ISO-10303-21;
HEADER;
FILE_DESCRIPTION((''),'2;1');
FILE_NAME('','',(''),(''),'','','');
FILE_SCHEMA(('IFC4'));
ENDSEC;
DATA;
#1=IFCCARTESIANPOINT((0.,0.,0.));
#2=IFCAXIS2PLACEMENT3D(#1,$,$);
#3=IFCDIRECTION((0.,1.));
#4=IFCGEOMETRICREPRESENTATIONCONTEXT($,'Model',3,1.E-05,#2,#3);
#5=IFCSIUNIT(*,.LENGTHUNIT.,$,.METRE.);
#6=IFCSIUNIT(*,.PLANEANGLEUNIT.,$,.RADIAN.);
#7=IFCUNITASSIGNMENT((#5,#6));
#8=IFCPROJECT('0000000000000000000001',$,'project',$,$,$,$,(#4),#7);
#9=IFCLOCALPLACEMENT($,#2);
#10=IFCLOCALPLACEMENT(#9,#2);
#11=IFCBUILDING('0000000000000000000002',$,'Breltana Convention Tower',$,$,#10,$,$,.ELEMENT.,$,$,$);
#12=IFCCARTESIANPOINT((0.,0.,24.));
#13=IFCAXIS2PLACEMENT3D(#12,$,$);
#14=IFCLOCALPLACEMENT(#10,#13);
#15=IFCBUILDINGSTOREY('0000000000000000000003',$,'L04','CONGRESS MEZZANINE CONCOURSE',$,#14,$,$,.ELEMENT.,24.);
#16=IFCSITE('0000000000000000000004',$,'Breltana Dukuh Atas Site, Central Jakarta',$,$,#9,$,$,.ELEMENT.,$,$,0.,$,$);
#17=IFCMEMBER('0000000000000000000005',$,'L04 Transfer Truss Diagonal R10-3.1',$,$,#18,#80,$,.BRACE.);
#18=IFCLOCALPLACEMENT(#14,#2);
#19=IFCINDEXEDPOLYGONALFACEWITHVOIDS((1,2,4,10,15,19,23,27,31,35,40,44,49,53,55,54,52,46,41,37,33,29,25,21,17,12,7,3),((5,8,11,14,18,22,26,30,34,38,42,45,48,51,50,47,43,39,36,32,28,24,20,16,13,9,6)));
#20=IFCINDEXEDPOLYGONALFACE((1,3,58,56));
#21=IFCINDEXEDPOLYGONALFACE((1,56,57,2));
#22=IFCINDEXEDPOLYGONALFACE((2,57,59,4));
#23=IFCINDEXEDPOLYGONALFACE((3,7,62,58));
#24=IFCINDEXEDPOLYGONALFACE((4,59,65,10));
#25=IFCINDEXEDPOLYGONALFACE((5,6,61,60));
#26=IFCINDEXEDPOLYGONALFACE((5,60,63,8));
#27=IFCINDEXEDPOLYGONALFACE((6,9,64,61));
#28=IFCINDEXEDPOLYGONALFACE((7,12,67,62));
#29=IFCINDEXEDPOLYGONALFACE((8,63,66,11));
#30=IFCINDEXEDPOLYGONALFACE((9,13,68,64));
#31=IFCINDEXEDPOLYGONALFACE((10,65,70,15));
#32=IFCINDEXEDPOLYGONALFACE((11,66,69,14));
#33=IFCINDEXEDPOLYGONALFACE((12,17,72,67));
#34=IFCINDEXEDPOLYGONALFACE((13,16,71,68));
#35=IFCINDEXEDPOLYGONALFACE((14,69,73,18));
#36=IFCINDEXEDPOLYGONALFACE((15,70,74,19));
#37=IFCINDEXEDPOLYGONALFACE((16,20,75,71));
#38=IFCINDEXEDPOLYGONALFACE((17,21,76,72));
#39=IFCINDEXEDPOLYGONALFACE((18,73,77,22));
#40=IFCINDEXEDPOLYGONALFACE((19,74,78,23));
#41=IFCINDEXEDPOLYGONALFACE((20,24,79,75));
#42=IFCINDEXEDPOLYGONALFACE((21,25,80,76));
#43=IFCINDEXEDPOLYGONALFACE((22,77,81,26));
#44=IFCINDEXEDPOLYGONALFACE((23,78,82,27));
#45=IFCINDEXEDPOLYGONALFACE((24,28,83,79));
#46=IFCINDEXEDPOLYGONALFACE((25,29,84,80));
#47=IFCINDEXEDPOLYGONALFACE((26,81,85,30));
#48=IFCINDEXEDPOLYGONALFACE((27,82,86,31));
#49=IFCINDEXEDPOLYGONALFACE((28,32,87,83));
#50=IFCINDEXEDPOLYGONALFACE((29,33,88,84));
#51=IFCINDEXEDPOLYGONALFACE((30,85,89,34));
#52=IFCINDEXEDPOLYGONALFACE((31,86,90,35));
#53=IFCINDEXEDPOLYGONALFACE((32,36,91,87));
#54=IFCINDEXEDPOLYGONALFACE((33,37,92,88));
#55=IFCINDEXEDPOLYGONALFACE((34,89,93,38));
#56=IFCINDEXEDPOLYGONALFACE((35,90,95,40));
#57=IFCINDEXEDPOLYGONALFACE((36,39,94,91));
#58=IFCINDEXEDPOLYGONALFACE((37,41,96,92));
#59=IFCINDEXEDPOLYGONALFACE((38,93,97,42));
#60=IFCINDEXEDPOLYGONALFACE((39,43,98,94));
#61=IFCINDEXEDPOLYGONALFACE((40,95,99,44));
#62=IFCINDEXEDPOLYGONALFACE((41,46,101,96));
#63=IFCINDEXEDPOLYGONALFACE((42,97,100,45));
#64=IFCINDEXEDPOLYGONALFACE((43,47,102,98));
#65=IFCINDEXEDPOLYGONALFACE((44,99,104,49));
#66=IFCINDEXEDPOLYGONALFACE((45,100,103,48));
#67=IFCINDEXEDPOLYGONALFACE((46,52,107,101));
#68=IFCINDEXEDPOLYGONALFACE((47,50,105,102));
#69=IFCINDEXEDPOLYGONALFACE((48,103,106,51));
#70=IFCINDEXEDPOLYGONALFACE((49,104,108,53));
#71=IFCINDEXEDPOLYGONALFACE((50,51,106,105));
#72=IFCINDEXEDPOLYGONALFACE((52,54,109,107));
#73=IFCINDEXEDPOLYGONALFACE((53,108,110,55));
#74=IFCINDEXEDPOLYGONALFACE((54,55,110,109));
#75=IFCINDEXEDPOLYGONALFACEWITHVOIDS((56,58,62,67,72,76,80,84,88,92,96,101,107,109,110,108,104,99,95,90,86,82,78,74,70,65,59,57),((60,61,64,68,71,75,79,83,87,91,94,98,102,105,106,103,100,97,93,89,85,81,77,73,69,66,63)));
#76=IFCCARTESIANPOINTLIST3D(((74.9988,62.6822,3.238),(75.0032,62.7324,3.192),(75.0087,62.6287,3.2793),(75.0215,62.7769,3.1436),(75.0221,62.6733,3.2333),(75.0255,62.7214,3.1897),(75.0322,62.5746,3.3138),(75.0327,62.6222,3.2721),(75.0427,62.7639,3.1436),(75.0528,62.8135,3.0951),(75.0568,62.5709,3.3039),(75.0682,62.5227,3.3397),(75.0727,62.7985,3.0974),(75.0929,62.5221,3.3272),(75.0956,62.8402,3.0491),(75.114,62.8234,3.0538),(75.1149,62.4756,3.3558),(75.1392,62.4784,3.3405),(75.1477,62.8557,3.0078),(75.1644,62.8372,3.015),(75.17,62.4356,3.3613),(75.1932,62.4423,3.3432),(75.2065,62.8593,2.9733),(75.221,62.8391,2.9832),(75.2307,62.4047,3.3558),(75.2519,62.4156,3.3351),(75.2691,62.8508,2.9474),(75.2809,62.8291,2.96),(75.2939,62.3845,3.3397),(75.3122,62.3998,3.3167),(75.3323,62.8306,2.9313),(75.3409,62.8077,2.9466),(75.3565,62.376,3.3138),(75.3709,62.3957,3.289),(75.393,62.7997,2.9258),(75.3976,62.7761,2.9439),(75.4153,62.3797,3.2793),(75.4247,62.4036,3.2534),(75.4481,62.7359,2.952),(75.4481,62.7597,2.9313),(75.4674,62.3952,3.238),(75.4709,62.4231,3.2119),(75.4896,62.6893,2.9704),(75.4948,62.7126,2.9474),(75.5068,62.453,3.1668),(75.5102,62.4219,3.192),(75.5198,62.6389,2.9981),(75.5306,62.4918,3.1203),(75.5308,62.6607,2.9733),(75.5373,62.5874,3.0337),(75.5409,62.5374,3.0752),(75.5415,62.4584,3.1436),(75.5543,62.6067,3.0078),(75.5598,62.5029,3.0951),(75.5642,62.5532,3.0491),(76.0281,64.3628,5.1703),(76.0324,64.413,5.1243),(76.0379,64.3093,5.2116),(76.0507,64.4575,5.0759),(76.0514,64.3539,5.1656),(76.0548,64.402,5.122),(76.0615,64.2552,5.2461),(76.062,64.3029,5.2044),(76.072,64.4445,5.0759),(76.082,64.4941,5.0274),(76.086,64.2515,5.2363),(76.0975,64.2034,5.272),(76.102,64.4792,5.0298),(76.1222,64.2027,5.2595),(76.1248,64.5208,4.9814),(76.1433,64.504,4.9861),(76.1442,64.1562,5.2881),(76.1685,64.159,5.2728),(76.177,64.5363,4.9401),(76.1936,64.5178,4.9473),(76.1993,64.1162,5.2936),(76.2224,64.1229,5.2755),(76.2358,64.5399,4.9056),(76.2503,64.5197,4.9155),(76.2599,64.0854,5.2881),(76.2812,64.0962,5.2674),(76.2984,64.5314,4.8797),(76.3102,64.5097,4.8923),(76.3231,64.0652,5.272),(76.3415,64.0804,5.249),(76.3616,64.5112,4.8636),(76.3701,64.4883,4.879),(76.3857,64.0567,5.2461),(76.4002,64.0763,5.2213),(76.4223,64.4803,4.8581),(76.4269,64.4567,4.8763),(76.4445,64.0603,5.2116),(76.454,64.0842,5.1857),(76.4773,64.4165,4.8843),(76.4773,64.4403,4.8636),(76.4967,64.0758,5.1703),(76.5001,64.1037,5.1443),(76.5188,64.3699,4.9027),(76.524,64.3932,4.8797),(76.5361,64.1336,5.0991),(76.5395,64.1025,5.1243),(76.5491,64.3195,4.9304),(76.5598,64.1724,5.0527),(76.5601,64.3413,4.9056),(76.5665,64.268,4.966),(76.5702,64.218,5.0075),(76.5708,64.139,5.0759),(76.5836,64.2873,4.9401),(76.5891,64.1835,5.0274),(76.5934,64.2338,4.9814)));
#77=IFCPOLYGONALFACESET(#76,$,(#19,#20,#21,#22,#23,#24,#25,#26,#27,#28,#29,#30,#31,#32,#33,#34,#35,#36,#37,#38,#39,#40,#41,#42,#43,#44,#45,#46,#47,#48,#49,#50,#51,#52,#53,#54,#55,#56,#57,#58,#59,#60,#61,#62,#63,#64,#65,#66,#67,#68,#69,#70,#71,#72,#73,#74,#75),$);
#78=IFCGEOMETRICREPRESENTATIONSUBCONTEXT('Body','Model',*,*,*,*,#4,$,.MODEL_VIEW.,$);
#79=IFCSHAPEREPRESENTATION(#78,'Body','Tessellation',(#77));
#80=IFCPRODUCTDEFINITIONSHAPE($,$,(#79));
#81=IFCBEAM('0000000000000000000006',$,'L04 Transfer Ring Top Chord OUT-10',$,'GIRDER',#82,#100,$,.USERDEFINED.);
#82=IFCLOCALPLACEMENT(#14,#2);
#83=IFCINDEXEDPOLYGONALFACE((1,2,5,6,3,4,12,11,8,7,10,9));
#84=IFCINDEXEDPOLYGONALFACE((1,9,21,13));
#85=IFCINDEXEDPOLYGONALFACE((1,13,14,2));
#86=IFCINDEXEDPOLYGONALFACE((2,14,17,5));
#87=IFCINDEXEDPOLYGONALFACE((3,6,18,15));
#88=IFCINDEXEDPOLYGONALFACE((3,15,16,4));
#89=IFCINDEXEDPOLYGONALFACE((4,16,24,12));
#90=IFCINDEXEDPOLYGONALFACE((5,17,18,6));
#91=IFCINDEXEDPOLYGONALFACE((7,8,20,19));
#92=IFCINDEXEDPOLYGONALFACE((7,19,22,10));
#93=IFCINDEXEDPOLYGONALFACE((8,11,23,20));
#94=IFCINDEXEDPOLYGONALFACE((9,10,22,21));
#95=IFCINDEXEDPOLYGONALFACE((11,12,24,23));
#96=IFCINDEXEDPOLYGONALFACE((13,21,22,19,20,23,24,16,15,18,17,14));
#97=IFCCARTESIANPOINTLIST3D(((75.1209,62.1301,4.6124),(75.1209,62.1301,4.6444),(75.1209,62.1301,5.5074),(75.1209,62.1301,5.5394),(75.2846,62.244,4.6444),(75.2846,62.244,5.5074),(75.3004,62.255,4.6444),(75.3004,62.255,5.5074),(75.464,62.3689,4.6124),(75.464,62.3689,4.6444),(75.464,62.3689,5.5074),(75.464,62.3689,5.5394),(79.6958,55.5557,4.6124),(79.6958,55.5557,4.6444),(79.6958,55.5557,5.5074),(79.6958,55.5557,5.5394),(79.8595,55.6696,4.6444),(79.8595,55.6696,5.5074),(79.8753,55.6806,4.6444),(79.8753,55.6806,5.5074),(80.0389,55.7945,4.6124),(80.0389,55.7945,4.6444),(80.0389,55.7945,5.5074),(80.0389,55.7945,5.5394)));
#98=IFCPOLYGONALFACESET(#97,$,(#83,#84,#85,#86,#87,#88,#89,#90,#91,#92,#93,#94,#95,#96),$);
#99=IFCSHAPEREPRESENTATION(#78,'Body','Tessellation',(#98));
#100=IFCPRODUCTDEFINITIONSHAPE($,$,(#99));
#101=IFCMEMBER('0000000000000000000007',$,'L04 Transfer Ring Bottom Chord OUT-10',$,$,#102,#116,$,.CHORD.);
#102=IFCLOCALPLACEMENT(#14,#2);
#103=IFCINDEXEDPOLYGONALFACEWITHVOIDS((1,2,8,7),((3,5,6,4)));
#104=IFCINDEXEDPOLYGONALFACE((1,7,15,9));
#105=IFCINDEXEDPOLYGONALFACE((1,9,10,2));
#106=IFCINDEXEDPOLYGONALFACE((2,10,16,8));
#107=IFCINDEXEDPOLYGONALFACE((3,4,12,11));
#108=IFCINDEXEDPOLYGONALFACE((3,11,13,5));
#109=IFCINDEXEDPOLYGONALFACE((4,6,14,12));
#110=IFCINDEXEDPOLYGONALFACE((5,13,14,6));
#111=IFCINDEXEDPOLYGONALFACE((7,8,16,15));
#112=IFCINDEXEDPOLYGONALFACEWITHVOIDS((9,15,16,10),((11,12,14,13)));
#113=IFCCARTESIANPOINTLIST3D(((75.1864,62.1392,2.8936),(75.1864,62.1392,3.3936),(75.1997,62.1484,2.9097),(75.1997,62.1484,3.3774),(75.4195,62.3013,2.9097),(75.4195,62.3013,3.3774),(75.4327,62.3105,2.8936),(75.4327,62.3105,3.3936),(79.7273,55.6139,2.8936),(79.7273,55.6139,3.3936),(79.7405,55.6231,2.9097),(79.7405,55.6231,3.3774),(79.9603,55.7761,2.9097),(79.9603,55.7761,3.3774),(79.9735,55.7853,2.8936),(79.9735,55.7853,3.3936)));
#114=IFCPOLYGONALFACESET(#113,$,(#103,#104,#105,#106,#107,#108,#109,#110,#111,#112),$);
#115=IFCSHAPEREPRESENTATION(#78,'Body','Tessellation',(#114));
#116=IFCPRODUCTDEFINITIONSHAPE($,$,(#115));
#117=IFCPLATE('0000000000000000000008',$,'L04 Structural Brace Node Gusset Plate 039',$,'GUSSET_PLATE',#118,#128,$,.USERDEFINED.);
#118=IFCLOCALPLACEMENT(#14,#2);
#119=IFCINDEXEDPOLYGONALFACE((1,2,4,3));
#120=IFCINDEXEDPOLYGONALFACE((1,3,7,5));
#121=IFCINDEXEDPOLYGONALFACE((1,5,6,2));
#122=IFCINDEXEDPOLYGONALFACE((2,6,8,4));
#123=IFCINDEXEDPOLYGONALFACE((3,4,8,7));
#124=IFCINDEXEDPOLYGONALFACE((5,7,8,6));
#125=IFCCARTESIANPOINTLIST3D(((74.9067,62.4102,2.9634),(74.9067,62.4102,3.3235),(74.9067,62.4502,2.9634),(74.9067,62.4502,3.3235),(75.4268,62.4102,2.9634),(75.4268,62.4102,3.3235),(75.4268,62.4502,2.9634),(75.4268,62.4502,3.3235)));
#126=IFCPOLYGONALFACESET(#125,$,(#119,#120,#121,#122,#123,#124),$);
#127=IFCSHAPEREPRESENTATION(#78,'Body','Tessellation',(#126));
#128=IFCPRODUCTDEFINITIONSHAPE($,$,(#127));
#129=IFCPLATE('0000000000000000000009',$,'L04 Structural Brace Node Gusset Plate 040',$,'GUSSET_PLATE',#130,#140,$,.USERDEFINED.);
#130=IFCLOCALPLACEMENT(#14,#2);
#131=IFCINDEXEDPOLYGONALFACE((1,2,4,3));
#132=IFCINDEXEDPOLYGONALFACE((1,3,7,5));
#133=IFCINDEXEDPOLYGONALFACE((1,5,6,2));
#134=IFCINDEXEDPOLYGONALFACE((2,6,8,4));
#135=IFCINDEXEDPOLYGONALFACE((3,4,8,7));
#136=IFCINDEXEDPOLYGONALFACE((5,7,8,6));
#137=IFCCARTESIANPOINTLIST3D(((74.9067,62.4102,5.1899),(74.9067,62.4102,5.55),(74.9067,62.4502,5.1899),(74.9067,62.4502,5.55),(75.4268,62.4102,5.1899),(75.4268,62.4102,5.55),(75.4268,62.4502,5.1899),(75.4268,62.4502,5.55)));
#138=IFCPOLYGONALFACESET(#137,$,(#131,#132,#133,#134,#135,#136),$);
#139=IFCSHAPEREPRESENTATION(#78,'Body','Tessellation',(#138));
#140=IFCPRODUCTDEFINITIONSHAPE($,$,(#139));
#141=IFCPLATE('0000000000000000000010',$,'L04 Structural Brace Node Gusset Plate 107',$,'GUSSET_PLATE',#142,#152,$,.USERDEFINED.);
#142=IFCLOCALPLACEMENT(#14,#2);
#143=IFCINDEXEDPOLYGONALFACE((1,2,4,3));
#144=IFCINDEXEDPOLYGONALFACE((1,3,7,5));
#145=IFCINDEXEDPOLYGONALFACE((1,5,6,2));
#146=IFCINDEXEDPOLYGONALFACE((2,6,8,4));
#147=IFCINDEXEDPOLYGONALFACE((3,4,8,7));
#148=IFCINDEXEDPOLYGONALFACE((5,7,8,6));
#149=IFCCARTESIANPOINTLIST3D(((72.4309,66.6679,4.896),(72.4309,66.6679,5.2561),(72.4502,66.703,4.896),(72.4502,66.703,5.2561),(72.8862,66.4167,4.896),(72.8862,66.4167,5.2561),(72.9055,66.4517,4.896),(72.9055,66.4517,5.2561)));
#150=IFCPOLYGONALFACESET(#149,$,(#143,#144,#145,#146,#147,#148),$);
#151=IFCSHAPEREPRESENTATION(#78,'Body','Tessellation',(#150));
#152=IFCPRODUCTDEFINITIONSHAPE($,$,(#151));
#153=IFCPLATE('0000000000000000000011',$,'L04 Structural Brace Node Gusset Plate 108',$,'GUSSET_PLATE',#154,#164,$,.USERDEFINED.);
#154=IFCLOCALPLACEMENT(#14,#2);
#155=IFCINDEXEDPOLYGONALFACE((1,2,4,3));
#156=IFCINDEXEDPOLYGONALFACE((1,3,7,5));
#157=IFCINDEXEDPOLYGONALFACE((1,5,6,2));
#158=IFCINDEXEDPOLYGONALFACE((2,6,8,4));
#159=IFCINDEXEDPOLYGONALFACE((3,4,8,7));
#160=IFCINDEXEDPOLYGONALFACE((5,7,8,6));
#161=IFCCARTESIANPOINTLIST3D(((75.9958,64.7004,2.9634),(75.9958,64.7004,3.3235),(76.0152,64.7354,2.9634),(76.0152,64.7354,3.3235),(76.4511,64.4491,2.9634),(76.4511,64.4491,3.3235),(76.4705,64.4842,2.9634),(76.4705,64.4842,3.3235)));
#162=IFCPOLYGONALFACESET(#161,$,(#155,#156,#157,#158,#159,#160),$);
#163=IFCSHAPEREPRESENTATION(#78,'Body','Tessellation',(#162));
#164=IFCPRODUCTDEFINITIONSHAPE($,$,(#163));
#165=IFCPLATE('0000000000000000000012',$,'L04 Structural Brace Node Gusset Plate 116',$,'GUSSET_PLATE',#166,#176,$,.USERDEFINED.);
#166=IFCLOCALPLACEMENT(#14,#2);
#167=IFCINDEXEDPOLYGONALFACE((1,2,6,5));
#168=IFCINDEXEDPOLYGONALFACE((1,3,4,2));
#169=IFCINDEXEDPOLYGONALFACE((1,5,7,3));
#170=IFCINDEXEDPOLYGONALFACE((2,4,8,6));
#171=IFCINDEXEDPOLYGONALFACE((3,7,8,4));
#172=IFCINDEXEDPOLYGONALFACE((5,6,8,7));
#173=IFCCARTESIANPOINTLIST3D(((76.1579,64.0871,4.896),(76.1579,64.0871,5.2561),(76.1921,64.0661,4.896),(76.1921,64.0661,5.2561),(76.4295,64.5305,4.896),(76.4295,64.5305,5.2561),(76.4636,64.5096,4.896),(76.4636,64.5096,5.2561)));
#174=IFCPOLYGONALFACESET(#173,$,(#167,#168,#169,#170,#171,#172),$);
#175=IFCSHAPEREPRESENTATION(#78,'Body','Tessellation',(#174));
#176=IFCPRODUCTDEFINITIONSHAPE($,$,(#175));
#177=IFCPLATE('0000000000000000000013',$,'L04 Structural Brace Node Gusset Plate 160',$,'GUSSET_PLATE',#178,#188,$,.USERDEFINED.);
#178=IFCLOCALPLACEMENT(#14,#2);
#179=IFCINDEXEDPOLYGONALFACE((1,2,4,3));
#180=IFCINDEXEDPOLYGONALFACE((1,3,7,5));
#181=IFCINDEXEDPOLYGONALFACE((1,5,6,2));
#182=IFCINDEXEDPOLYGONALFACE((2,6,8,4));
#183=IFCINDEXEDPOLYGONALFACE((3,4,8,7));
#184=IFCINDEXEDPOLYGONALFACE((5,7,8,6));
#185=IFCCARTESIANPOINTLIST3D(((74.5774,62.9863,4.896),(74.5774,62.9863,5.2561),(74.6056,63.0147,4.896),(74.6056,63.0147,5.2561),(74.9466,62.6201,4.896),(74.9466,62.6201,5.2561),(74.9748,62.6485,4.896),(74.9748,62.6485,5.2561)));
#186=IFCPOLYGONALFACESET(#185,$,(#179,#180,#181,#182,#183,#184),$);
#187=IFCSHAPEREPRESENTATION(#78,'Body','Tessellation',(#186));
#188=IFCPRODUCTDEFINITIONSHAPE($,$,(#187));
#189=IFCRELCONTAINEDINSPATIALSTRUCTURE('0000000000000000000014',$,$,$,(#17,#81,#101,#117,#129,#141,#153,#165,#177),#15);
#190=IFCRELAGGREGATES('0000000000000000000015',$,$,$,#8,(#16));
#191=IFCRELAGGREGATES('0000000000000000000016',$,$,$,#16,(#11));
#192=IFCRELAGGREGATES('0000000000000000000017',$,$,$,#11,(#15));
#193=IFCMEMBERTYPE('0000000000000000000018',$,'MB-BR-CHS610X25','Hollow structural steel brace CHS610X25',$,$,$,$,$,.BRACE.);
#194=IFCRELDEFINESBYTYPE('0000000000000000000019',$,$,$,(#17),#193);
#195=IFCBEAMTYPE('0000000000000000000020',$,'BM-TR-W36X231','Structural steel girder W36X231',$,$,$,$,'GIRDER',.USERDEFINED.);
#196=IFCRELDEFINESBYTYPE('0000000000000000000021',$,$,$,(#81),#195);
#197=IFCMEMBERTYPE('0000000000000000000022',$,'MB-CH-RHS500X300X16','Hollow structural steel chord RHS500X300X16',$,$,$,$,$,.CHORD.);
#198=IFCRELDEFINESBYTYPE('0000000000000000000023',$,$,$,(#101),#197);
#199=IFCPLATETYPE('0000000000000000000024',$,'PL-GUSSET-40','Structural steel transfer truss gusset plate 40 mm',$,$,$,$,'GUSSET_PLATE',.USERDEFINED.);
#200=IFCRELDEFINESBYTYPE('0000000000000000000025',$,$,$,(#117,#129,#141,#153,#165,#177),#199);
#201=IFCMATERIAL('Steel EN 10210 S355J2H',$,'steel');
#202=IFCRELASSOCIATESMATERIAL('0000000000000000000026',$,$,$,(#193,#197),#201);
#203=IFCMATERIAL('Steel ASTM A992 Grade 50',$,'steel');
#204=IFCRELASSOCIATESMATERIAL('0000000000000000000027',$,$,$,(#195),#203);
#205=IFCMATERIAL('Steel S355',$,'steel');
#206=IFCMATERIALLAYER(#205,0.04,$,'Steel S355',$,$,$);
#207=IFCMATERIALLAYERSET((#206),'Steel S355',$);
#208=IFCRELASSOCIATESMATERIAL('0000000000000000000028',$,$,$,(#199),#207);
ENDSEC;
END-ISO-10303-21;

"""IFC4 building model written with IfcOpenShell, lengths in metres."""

from ifc_helpers import new_model, si_unit, direction, frame, origin, origin_2d, place, context, subcontext, project, spatial, rectangle, hollow_rectangle, hollow_circle, i_section, extrude, source, transform, mapped, material, layer, layer_set, material_profile, profile_set, type_object, element, save


model = new_model("IFC4")

# Units and contexts
model_context = context("Model", 3, precision=1e-05, world=origin(), true_north=direction((0.0, 1.0)))
body_context = subcontext(model_context, "Body", "Model", "MODEL_VIEW")
ifc_project = project(units=[si_unit("LENGTHUNIT", "METRE"), si_unit("PLANEANGLEUNIT", "RADIAN")], contexts=[model_context])

# Site, building, storey
site_placement = place(None, origin())
site = spatial("IfcSite", under=ifc_project, at=site_placement, Name="Breltana Dukuh Atas Site, Central Jakarta", CompositionType="ELEMENT", RefElevation=0.0)
building_placement = place(site_placement, origin())
building = spatial("IfcBuilding", under=site, at=building_placement, Name="Breltana Convention Tower", CompositionType="ELEMENT")
storey_placement = place(building_placement, frame((0.0, 0.0, 24.0)))
storey = spatial("IfcBuildingStorey", under=building, at=storey_placement, Name="L04", Description="CONGRESS MEZZANINE CONCOURSE", CompositionType="ELEMENT", Elevation=24.0)

# Shared definitions
ifc_material_1 = material(Name="Steel ASTM A992 Grade 50", Category="steel")
ifc_material_2 = material(Name="Steel EN 10210 S355J2H", Category="steel")
ifc_material_profile_1 = material_profile(ifc_material_2, hollow_circle(Radius=0.3049, WallThickness=0.0249, at=origin_2d()), Name="CHS610X25")
ifc_profile_set_1 = profile_set([ifc_material_profile_1], Name="Steel EN 10210 S355J2H")
member_type_1 = type_object("IfcMemberType", Name="MB-BR-CHS610X25", Description="Hollow structural steel brace CHS610X25", PredefinedType="BRACE", material=ifc_profile_set_1)

# Shared definitions
ifc_material_profile_2 = material_profile(ifc_material_1, i_section(OverallWidth=0.418, OverallDepth=0.927, WebThickness=0.0193, FlangeThickness=0.032, at=origin_2d()), Name="W36X231")
ifc_profile_set_2 = profile_set([ifc_material_profile_2], Name="Steel ASTM A992 Grade 50")
beam_type_1 = type_object("IfcBeamType", Name="BM-TR-W36X231", Description="Structural steel girder W36X231", ElementType="GIRDER", PredefinedType="USERDEFINED", material=ifc_profile_set_2)

# Member
shared_shape_1 = source(origin(), body_context, "Body", "SweptSolid", [
    extrude(hollow_circle(Radius=0.3049, WallThickness=0.0249, at=origin_2d()), origin(), (0.0, 0.0, 1.0), 2.76),
])
member_1_placement = place(storey_placement, frame((75.2815, 62.6177, 3.1436), z_axis=(0.37292, 0.608914, 0.70011), x_axis=(-0.852779, 0.522272, 0.0)))
element("IfcMember", 1, at=member_1_placement, inside=storey, type_object=member_type_1, Name="L04 Transfer Truss Diagonal R10-3.1", PredefinedType="BRACE", context=body_context, shape_type="MappedRepresentation", body=[
    mapped(shared_shape_1, transform((0.0, 0.0, 0.0), scale=1.0)),
])

# Beam
shared_shape_2 = source(origin(), body_context, "Body", "SweptSolid", [
    extrude(i_section(OverallWidth=0.418, OverallDepth=0.927, WebThickness=0.0193, FlangeThickness=0.032, at=origin_2d()), origin(), (0.0, 0.0, 1.0), 8.0095),
])
beam_1_placement = place(storey_placement, frame((75.2925, 62.2495, 5.0759), z_axis=(0.571183, -0.820823, 0.0), x_axis=(0.820823, 0.571183, 0.0)))
element("IfcBeam", 2, at=beam_1_placement, inside=storey, type_object=beam_type_1, Name="L04 Transfer Ring Top Chord OUT-10", ObjectType="GIRDER", PredefinedType="USERDEFINED", context=body_context, shape_type="MappedRepresentation", body=[
    mapped(shared_shape_2, transform((0.0, 0.0, 0.0), scale=1.0)),
])

# Member
ifc_material_profile_3 = material_profile(ifc_material_2, hollow_rectangle(XDim=0.3, YDim=0.5, WallThickness=0.0161, at=origin_2d()), Name="RHS500X300X16")
ifc_profile_set_3 = profile_set([ifc_material_profile_3], Name="Steel EN 10210 S355J2H")
member_type_2 = type_object("IfcMemberType", Name="MB-CH-RHS500X300X16", Description="Hollow structural steel chord RHS500X300X16", PredefinedType="CHORD", material=ifc_profile_set_3)
shared_shape_3 = source(origin(), body_context, "Body", "SweptSolid", [
    extrude(hollow_rectangle(XDim=0.3, YDim=0.5, WallThickness=0.0161, at=origin_2d()), origin(), (0.0, 0.0, 1.0), 7.9497),
])
member_2_placement = place(storey_placement, frame((75.3096, 62.2249, 3.1436), z_axis=(0.571195, -0.820814, 0.0), x_axis=(0.820814, 0.571195, 0.0)))
element("IfcMember", 3, at=member_2_placement, inside=storey, type_object=member_type_2, Name="L04 Transfer Ring Bottom Chord OUT-10", PredefinedType="CHORD", context=body_context, shape_type="MappedRepresentation", body=[
    mapped(shared_shape_3, transform((0.0, 0.0, 0.0), scale=1.0)),
])

# Plates
ifc_material_3 = material(Name="Steel S355", Category="steel")
ifc_layer_1 = layer(ifc_material_3, 0.04, Name="Steel S355")
ifc_layer_set_1 = layer_set([ifc_layer_1], Name="Steel S355")
plate_type = type_object("IfcPlateType", Name="PL-GUSSET-40", Description="Structural steel transfer truss gusset plate 40 mm", ElementType="GUSSET_PLATE", PredefinedType="USERDEFINED", material=ifc_layer_set_1)
shared_shape_4 = source(origin(), body_context, "Body", "SweptSolid", [
    extrude(rectangle(XDim=0.52, YDim=0.04, at=origin_2d()), origin(), (0.0, 0.0, 1.0), 0.3601),
])
for number, where, z_axis, x_axis, name in (
    (4, (75.1667, 62.4302, 2.9634), (0.0, 0.0, 1.0), (1.0, 0.0, 0.0), "L04 Structural Brace Node Gusset Plate 039"),
    (5, (75.1667, 62.4302, 5.1899), (0.0, 0.0, 1.0), (1.0, 0.0, 0.0), "L04 Structural Brace Node Gusset Plate 040"),
    (6, (72.6682, 66.5598, 4.896), (0.0, 0.0, 1.0), (0.875549, -0.48313, 0.0), "L04 Structural Brace Node Gusset Plate 107"),
    (7, (76.2332, 64.5923, 2.9634), (0.0, 0.0, 1.0), (0.875549, -0.48313, 0.0), "L04 Structural Brace Node Gusset Plate 108"),
    (8, (76.3108, 64.2983, 4.896), (0.0, 0.0, 1.0), (0.522201, 0.852822, 0.0), "L04 Structural Brace Node Gusset Plate 116"),
    (9, (74.7761, 62.8174, 4.896), (0.0, 0.0, 1.0), (0.710062, -0.704139, 0.0), "L04 Structural Brace Node Gusset Plate 160"),
):
    element("IfcPlate", number, at=place(storey_placement, frame(where, z_axis=z_axis, x_axis=x_axis)), inside=storey, type_object=plate_type, Name=name, ObjectType="GUSSET_PLATE", PredefinedType="USERDEFINED", context=body_context, shape_type="MappedRepresentation", body=[
        mapped(shared_shape_4, transform((0.0, 0.0, 0.0), scale=1.0)),
    ])

save(model, "model.ifc")
